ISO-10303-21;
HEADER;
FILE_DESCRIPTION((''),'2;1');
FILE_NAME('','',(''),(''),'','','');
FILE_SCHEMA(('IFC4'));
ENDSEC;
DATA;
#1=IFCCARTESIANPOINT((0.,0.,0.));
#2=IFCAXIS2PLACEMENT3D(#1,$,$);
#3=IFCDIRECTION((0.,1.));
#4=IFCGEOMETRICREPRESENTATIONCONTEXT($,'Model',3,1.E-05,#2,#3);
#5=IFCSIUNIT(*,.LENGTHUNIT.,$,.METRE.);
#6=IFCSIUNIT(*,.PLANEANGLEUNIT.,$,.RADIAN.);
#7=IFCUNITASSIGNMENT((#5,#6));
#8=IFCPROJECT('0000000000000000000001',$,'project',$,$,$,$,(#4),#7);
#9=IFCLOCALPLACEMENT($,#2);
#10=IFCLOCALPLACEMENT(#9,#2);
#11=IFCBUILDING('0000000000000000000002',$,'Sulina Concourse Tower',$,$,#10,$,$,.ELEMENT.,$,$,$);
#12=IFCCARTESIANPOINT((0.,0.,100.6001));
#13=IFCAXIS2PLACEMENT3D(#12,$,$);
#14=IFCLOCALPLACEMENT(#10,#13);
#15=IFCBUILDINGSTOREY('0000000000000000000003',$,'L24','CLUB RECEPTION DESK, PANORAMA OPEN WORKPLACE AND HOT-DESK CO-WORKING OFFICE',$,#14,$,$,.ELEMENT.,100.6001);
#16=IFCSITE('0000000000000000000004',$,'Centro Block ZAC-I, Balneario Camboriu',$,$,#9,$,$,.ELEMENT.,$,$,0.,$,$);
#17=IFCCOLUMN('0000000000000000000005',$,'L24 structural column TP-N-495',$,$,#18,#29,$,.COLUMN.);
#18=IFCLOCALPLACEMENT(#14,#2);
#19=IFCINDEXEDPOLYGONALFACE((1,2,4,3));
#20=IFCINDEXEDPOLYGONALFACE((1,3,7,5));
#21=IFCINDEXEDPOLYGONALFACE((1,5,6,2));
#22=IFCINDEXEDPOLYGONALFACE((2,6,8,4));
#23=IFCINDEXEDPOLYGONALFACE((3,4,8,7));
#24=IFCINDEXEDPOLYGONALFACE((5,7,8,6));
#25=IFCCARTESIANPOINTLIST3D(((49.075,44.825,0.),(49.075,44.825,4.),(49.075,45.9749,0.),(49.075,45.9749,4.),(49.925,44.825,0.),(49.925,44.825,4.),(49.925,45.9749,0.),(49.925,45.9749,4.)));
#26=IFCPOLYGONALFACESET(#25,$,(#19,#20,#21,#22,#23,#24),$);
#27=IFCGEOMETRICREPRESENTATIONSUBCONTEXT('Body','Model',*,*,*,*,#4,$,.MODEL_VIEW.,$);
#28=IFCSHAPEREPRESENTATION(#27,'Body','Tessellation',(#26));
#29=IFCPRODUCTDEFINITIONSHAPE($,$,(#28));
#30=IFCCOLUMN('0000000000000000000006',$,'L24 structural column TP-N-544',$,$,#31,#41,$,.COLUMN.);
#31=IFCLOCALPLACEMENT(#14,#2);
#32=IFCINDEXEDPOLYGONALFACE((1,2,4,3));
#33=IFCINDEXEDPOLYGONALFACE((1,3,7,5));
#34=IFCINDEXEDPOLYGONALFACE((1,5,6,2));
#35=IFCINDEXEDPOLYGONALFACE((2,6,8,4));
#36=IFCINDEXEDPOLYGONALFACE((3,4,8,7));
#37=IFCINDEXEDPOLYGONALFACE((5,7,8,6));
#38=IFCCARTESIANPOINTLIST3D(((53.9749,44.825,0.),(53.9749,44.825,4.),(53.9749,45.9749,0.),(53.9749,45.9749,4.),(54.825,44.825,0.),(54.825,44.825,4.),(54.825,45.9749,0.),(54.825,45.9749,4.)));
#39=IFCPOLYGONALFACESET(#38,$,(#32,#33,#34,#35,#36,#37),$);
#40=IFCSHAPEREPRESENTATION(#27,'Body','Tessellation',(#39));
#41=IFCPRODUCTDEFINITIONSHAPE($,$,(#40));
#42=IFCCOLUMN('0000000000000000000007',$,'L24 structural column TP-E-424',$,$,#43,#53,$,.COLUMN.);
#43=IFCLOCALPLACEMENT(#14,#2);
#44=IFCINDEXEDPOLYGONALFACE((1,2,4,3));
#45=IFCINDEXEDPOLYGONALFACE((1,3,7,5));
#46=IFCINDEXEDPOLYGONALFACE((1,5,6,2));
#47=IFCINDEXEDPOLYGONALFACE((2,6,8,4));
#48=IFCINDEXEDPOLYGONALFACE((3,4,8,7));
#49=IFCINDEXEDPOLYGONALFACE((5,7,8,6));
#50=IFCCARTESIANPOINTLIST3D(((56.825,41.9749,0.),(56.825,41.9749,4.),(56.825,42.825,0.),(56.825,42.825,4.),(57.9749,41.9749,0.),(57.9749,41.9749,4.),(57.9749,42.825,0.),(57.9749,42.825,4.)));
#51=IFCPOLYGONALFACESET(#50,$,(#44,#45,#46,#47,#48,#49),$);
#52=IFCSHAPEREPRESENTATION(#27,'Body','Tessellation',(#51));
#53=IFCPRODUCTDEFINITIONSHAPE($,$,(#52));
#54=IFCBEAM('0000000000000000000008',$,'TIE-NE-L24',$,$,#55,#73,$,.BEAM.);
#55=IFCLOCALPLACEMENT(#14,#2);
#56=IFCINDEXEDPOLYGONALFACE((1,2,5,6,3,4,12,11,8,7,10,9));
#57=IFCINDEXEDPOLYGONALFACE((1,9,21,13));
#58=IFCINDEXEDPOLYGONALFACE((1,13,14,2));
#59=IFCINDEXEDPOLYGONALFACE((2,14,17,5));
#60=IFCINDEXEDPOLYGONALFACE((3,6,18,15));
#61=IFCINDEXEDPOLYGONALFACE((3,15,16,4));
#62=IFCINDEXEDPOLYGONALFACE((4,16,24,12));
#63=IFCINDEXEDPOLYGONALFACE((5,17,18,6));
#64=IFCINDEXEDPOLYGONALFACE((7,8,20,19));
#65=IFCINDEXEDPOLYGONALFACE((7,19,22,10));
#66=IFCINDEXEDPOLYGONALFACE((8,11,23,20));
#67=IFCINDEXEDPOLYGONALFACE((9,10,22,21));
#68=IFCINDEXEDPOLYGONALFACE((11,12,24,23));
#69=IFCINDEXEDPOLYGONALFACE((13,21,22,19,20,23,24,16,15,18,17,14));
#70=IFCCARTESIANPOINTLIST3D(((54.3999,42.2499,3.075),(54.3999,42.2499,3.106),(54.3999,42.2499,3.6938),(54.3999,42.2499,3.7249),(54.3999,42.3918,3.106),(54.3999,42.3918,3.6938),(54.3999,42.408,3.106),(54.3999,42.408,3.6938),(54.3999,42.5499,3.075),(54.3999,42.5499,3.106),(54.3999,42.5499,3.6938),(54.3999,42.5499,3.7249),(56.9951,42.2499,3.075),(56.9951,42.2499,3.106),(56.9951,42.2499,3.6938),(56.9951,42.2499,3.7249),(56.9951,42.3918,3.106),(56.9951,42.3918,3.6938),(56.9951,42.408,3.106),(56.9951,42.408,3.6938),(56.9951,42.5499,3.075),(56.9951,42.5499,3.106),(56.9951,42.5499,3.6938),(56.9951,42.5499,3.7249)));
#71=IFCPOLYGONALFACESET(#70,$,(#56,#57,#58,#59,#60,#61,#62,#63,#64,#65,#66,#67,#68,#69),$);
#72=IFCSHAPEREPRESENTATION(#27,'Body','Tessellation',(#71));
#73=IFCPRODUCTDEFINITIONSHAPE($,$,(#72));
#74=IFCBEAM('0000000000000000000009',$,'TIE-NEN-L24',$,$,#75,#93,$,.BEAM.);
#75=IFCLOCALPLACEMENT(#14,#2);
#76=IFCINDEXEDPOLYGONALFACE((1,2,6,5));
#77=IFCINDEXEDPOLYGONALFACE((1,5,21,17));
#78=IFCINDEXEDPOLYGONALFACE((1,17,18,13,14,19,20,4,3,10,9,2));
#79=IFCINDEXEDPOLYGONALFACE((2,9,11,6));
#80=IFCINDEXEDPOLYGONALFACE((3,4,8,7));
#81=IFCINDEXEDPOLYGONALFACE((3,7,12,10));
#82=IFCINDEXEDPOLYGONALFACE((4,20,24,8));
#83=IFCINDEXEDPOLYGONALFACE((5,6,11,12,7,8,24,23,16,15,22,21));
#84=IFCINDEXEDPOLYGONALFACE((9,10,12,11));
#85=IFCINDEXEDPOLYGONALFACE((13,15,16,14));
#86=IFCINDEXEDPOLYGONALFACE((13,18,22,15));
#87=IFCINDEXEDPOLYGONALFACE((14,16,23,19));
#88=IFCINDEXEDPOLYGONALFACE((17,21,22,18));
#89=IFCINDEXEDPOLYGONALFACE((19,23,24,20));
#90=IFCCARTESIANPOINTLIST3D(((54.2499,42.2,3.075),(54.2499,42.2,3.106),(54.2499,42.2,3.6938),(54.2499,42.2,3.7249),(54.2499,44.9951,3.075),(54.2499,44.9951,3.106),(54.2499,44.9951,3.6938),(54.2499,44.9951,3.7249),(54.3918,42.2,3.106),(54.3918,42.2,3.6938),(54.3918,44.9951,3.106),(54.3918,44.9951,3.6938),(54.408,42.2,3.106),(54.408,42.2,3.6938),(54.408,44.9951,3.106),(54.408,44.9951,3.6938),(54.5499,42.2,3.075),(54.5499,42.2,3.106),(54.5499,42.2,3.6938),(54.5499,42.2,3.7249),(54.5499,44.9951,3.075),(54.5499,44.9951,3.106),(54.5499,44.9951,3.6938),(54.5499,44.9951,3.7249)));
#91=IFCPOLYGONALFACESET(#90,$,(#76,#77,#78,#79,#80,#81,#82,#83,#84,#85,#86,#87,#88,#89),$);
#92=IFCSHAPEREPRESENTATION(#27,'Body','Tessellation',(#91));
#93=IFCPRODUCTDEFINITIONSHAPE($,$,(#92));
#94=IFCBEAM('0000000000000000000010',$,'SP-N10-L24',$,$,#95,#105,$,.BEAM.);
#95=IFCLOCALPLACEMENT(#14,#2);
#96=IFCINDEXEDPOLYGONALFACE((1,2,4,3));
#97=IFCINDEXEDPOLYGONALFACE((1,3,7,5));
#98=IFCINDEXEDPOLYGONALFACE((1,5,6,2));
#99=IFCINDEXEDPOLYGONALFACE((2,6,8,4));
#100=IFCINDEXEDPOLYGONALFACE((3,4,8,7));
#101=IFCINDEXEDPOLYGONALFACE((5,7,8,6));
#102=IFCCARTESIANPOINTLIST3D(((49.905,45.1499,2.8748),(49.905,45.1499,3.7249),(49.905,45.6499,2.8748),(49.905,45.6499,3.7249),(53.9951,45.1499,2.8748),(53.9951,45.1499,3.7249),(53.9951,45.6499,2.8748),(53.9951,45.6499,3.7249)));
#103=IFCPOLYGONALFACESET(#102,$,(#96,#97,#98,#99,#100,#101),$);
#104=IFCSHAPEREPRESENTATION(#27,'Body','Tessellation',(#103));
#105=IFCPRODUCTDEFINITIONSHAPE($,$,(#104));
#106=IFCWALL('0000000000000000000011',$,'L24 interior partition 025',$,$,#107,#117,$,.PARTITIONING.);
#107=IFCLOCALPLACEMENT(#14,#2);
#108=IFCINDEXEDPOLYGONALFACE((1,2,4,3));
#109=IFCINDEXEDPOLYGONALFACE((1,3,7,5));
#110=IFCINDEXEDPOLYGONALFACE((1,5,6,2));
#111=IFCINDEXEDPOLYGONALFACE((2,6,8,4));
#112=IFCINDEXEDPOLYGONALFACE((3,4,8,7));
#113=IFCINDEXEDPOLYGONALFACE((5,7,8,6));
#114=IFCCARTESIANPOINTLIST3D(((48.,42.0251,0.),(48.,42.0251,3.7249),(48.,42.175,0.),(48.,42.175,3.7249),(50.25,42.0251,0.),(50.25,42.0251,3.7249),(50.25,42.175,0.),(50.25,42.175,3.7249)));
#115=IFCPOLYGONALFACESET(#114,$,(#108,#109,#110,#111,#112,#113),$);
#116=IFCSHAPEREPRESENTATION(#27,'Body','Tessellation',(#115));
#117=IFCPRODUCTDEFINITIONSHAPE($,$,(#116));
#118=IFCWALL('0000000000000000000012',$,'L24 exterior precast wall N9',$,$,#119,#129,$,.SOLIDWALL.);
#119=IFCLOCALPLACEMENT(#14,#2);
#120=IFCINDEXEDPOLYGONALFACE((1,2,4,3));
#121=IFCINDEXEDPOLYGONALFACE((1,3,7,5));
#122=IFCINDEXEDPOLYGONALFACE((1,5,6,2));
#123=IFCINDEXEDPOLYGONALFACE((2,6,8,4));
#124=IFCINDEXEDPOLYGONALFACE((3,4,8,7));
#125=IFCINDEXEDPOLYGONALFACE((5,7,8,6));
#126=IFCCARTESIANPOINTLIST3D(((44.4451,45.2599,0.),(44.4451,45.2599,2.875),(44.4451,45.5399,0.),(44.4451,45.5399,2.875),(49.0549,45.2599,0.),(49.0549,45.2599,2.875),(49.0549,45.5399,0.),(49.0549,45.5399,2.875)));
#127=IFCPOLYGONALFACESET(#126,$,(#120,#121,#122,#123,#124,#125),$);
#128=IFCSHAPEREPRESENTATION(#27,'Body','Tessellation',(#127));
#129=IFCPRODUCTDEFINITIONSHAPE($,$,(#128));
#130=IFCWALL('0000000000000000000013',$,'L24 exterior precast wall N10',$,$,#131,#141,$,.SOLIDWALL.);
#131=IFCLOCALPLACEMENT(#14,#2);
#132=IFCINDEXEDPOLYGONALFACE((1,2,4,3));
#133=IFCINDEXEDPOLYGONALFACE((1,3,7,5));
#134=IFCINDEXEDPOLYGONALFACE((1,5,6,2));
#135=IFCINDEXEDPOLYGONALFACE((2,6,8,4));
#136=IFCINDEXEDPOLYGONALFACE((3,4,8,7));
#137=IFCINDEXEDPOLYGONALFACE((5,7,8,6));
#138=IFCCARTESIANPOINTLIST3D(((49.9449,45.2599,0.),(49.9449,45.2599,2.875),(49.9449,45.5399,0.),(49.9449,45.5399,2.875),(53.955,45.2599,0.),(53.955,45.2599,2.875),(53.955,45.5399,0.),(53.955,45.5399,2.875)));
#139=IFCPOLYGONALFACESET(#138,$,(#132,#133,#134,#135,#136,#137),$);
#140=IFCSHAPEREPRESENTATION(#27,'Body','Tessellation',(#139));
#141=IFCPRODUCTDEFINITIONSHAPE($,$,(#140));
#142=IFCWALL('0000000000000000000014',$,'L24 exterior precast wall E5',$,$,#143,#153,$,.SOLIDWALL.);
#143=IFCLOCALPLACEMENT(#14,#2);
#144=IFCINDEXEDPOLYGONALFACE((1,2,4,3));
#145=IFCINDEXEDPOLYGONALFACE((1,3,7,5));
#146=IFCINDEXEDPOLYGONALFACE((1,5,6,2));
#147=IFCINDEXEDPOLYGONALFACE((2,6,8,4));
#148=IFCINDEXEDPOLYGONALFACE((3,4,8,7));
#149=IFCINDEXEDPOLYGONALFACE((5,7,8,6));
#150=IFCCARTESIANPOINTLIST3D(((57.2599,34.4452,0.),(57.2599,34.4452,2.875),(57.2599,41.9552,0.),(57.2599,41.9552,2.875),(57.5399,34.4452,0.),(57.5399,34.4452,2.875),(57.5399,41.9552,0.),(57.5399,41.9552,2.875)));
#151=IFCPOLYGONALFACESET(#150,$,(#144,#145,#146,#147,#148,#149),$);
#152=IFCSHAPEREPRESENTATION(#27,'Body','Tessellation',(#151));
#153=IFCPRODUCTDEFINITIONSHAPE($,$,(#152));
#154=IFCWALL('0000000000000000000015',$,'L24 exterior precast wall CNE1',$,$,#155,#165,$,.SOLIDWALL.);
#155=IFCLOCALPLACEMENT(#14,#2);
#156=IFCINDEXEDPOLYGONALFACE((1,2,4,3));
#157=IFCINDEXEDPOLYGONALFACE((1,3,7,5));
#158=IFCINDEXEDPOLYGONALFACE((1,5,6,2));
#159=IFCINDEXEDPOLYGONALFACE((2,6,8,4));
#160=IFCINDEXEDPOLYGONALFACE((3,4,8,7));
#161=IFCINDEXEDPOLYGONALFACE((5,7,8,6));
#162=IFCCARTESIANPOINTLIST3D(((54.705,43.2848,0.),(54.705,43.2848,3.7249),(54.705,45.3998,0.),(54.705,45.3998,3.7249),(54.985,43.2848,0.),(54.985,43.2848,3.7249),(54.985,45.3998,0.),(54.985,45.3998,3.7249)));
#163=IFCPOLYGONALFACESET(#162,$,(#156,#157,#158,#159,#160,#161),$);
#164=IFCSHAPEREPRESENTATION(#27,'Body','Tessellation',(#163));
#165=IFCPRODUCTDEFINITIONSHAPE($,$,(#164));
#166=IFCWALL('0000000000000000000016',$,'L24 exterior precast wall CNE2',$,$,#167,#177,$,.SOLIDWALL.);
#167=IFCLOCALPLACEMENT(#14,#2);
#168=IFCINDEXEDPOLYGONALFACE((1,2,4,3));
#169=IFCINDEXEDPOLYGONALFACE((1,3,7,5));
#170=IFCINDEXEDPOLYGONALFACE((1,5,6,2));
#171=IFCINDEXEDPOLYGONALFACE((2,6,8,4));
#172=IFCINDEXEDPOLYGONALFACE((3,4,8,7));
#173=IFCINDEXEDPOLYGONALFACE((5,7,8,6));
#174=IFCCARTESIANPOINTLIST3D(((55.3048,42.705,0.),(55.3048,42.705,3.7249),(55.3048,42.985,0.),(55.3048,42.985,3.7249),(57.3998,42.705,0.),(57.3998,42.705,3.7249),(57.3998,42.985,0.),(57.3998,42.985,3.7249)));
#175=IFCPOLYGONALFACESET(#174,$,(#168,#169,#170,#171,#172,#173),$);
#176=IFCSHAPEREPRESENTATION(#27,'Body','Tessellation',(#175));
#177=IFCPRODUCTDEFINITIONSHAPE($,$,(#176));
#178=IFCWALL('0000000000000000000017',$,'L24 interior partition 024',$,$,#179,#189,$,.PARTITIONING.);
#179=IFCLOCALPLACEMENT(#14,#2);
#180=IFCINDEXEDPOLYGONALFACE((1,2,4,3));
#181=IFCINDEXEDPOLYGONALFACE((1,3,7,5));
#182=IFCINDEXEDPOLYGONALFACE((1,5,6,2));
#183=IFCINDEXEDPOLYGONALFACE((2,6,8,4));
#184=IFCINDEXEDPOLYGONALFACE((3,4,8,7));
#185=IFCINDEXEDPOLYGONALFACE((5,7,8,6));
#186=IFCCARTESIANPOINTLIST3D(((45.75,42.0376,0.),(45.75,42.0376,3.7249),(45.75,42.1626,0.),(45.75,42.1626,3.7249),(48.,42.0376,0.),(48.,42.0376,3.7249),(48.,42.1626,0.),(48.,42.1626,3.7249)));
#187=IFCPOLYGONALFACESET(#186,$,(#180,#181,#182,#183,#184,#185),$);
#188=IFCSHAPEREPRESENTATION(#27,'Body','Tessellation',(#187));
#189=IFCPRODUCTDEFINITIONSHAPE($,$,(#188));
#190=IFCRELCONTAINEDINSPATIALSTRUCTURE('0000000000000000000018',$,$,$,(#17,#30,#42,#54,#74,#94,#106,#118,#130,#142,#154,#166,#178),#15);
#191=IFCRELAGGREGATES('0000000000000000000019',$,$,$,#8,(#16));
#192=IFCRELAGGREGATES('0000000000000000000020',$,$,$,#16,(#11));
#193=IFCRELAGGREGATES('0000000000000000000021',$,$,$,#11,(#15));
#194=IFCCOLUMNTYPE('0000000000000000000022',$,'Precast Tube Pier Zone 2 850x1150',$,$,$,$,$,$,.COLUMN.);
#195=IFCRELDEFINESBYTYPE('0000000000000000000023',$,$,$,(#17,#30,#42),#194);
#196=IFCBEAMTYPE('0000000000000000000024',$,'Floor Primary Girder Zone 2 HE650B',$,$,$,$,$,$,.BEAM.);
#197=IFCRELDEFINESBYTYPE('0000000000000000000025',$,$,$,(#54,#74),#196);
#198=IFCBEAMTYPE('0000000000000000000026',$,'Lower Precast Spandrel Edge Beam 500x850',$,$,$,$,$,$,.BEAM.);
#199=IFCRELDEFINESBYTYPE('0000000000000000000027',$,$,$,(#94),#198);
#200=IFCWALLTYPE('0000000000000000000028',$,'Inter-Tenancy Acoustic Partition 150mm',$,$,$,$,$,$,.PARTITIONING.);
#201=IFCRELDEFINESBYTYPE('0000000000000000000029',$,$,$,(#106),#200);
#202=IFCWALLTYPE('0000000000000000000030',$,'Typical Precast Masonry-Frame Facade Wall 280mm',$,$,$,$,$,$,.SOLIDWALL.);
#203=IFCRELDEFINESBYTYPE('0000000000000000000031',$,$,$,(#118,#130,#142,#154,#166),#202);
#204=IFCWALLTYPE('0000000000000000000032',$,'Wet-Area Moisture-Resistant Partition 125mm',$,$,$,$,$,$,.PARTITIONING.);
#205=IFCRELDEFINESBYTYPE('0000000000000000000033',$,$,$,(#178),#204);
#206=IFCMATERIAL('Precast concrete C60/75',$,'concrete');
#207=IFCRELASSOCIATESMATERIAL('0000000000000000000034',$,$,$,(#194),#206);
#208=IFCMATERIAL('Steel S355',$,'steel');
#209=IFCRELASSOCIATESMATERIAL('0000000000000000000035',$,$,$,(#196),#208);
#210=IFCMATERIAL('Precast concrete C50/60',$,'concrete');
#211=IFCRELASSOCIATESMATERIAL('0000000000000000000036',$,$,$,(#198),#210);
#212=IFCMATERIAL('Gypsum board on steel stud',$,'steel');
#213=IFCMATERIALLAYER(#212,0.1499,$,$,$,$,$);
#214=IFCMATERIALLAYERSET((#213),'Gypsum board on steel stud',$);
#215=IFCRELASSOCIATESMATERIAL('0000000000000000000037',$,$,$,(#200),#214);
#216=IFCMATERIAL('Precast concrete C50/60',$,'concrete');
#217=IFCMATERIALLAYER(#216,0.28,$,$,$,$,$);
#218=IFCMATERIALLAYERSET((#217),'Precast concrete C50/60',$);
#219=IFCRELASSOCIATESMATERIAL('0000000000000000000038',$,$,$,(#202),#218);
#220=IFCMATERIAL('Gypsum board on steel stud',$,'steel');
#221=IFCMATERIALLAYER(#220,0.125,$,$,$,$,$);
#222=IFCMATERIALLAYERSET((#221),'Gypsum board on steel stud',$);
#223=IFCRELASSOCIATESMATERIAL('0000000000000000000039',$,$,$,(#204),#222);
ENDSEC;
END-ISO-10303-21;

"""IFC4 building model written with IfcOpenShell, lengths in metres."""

from ifc_helpers import new_model, si_unit, direction, frame, frame_2d, origin, origin_2d, place, context, subcontext, project, spatial, rectangle, i_section, extrude, material, layer, layer_set, material_profile, profile_set, type_object, element, save


model = new_model("IFC4")

# Units and contexts
model_context = context("Model", 3, precision=1e-05, world=origin(), true_north=direction((0.0, 1.0)))
body_context = subcontext(model_context, "Body", "Model", "MODEL_VIEW")
ifc_project = project(units=[si_unit("LENGTHUNIT", "METRE"), si_unit("PLANEANGLEUNIT", "RADIAN")], contexts=[model_context])

# Site, building, storey
site_placement = place(None, origin())
site = spatial("IfcSite", under=ifc_project, at=site_placement, Name="Centro Block ZAC-I, Balneario Camboriu", CompositionType="ELEMENT", RefElevation=0.0)
building_placement = place(site_placement, origin())
building = spatial("IfcBuilding", under=site, at=building_placement, Name="Sulina Concourse Tower", CompositionType="ELEMENT")
storey_placement = place(building_placement, frame((0.0, 0.0, 100.6001)))
storey = spatial("IfcBuildingStorey", under=building, at=storey_placement, Name="L24", Description="CLUB RECEPTION DESK, PANORAMA OPEN WORKPLACE AND HOT-DESK CO-WORKING OFFICE", CompositionType="ELEMENT", Elevation=100.6001)

# Columns
ifc_material_1 = material(Name="Precast concrete C60/75", Category="concrete")
ifc_material_profile_1 = material_profile(ifc_material_1, rectangle(XDim=0.8501, YDim=1.1499, at=origin_2d()), Name="PC 850x1150")
ifc_profile_set_1 = profile_set([ifc_material_profile_1], Name="Precast concrete C60/75")
column_type = type_object("IfcColumnType", Name="Precast Tube Pier Zone 2 850x1150", PredefinedType="COLUMN", material=ifc_profile_set_1)
for number, where, z_axis, x_axis, name in (
    (1, (49.5, 45.3999, 0.0), (0.0, 0.0, 1.0), (1.0, 0.0, 0.0), "L24 structural column TP-N-495"),
    (2, (54.3999, 45.3999, 0.0), (0.0, 0.0, 1.0), (1.0, 0.0, 0.0), "L24 structural column TP-N-544"),
    (3, (57.3999, 42.3999, 0.0), (0.0, 0.0, 1.0), (0.0, 1.0, 0.0), "L24 structural column TP-E-424"),
):
    element("IfcColumn", number, at=place(storey_placement, frame(where, z_axis=z_axis, x_axis=x_axis)), inside=storey, type_object=column_type, Name=name, PredefinedType="COLUMN", context=body_context, shape_type="SweptSolid", body=[
        extrude(rectangle(XDim=0.8501, YDim=1.1499, at=origin_2d()), origin(), (0.0, 0.0, 1.0), 4.0),
    ])

# Beams
ifc_material_2 = material(Name="Steel S355", Category="steel")
ifc_material_profile_2 = material_profile(ifc_material_2, i_section(OverallWidth=0.3, OverallDepth=0.6499, WebThickness=0.0161, FlangeThickness=0.031, at=origin_2d()), Name="HE 650 B")
ifc_profile_set_2 = profile_set([ifc_material_profile_2], Name="Steel S355")
beam_type_1 = type_object("IfcBeamType", Name="Floor Primary Girder Zone 2 HE650B", PredefinedType="BEAM", material=ifc_profile_set_2)
beam_1_placement = place(storey_placement, frame((54.3999, 42.3999, 3.3999), z_axis=(1.0, 0.0, 0.0), x_axis=(0.0, 1.0, 0.0)))
element("IfcBeam", 4, at=beam_1_placement, inside=storey, type_object=beam_type_1, Name="TIE-NE-L24", PredefinedType="BEAM", context=body_context, shape_type="SweptSolid", body=[
    extrude(i_section(OverallWidth=0.3, OverallDepth=0.6499, WebThickness=0.0161, FlangeThickness=0.031, at=origin_2d()), origin(), (0.0, 0.0, 1.0), 2.5952),
])
beam_2_placement = place(storey_placement, frame((54.3999, 42.2, 3.3999), z_axis=(0.0, 1.0, 0.0), x_axis=(-1.0, 0.0, 0.0)))
element("IfcBeam", 5, at=beam_2_placement, inside=storey, type_object=beam_type_1, Name="TIE-NEN-L24", PredefinedType="BEAM", context=body_context, shape_type="SweptSolid", body=[
    extrude(i_section(OverallWidth=0.3, OverallDepth=0.6499, WebThickness=0.0161, FlangeThickness=0.031, at=origin_2d()), origin(), (0.0, 0.0, 1.0), 2.7952),
])
ifc_material_3 = material(Name="Precast concrete C50/60", Category="concrete")
ifc_material_profile_3 = material_profile(ifc_material_3, rectangle(XDim=0.5, YDim=0.8501, at=origin_2d()), Name="RC 500x850")
ifc_profile_set_3 = profile_set([ifc_material_profile_3], Name="Precast concrete C50/60")
beam_type_2 = type_object("IfcBeamType", Name="Lower Precast Spandrel Edge Beam 500x850", PredefinedType="BEAM", material=ifc_profile_set_3)
beam_3_placement = place(storey_placement, frame((49.905, 45.3999, 3.2998), z_axis=(1.0, 0.0, 0.0), x_axis=(0.0, 1.0, 0.0)))
element("IfcBeam", 6, at=beam_3_placement, inside=storey, type_object=beam_type_2, Name="SP-N10-L24", PredefinedType="BEAM", context=body_context, shape_type="SweptSolid", body=[
    extrude(rectangle(XDim=0.5, YDim=0.8501, at=origin_2d()), origin(), (0.0, 0.0, 1.0), 4.0901),
])

# Walls
ifc_material_4 = material(Name="Gypsum board on steel stud", Category="steel")
ifc_layer_1 = layer(ifc_material_4, 0.1499)
ifc_layer_set_1 = layer_set([ifc_layer_1], Name="Gypsum board on steel stud")
wall_type_1 = type_object("IfcWallType", Name="Inter-Tenancy Acoustic Partition 150mm", PredefinedType="PARTITIONING", material=ifc_layer_set_1)
wall_1_placement = place(storey_placement, frame((48.0, 42.1001, 0.0), z_axis=(0.0, 0.0, 1.0), x_axis=(1.0, 0.0, 0.0)))
element("IfcWall", 7, at=wall_1_placement, inside=storey, type_object=wall_type_1, Name="L24 interior partition 025", PredefinedType="PARTITIONING", context=body_context, shape_type="SweptSolid", body=[
    extrude(rectangle(XDim=2.25, YDim=0.1499, at=frame_2d((1.125, 0.0))), origin(), (0.0, 0.0, 1.0), 3.7249),
])
ifc_material_5 = material(Name="Precast concrete C50/60", Category="concrete")
ifc_layer_2 = layer(ifc_material_5, 0.28)
ifc_layer_set_2 = layer_set([ifc_layer_2], Name="Precast concrete C50/60")
wall_type_2 = type_object("IfcWallType", Name="Typical Precast Masonry-Frame Facade Wall 280mm", PredefinedType="SOLIDWALL", material=ifc_layer_set_2)
wall_2_placement = place(storey_placement, frame((44.4451, 45.3999, 0.0), z_axis=(0.0, 0.0, 1.0), x_axis=(1.0, 0.0, 0.0)))
element("IfcWall", 8, at=wall_2_placement, inside=storey, type_object=wall_type_2, Name="L24 exterior precast wall N9", PredefinedType="SOLIDWALL", context=body_context, shape_type="SweptSolid", body=[
    extrude(rectangle(XDim=4.6099, YDim=0.28, at=frame_2d((2.3049, 0.0))), origin(), (0.0, 0.0, 1.0), 2.875),
])
wall_3_placement = place(storey_placement, frame((49.9451, 45.3999, 0.0), z_axis=(0.0, 0.0, 1.0), x_axis=(1.0, 0.0, 0.0)))
element("IfcWall", 9, at=wall_3_placement, inside=storey, type_object=wall_type_2, Name="L24 exterior precast wall N10", PredefinedType="SOLIDWALL", context=body_context, shape_type="SweptSolid", body=[
    extrude(rectangle(XDim=4.01, YDim=0.28, at=frame_2d((2.0049, 0.0))), origin(), (0.0, 0.0, 1.0), 2.875),
])
wall_4_placement = place(storey_placement, frame((57.3999, 41.9551, 0.0), z_axis=(0.0, 0.0, 1.0), x_axis=(0.0, -1.0, 0.0)))
element("IfcWall", 10, at=wall_4_placement, inside=storey, type_object=wall_type_2, Name="L24 exterior precast wall E5", PredefinedType="SOLIDWALL", context=body_context, shape_type="SweptSolid", body=[
    extrude(rectangle(XDim=7.51, YDim=0.28, at=frame_2d((3.7549, 0.0))), origin(), (0.0, 0.0, 1.0), 2.875),
])
wall_5_placement = place(storey_placement, frame((54.845, 45.3999, 0.0), z_axis=(0.0, 0.0, 1.0), x_axis=(0.0, -1.0, 0.0)))
element("IfcWall", 11, at=wall_5_placement, inside=storey, type_object=wall_type_2, Name="L24 exterior precast wall CNE1", PredefinedType="SOLIDWALL", context=body_context, shape_type="SweptSolid", body=[
    extrude(rectangle(XDim=2.115, YDim=0.28, at=frame_2d((1.0576, 0.0))), origin(), (0.0, 0.0, 1.0), 3.7249),
])
wall_6_placement = place(storey_placement, frame((55.3049, 42.845, 0.0), z_axis=(0.0, 0.0, 1.0), x_axis=(1.0, 0.0, 0.0)))
element("IfcWall", 12, at=wall_6_placement, inside=storey, type_object=wall_type_2, Name="L24 exterior precast wall CNE2", PredefinedType="SOLIDWALL", context=body_context, shape_type="SweptSolid", body=[
    extrude(rectangle(XDim=2.095, YDim=0.28, at=frame_2d((1.0474, 0.0))), origin(), (0.0, 0.0, 1.0), 3.7249),
])
ifc_material_6 = material(Name="Gypsum board on steel stud", Category="steel")
ifc_layer_3 = layer(ifc_material_6, 0.125)
ifc_layer_set_3 = layer_set([ifc_layer_3], Name="Gypsum board on steel stud")
wall_type_3 = type_object("IfcWallType", Name="Wet-Area Moisture-Resistant Partition 125mm", PredefinedType="PARTITIONING", material=ifc_layer_set_3)
wall_7_placement = place(storey_placement, frame((45.75, 42.1001, 0.0), z_axis=(0.0, 0.0, 1.0), x_axis=(1.0, 0.0, 0.0)))
element("IfcWall", 13, at=wall_7_placement, inside=storey, type_object=wall_type_3, Name="L24 interior partition 024", PredefinedType="PARTITIONING", context=body_context, shape_type="SweptSolid", body=[
    extrude(rectangle(XDim=2.25, YDim=0.125, at=frame_2d((1.125, 0.0))), origin(), (0.0, 0.0, 1.0), 3.7249),
])

save(model, "model.ifc")
